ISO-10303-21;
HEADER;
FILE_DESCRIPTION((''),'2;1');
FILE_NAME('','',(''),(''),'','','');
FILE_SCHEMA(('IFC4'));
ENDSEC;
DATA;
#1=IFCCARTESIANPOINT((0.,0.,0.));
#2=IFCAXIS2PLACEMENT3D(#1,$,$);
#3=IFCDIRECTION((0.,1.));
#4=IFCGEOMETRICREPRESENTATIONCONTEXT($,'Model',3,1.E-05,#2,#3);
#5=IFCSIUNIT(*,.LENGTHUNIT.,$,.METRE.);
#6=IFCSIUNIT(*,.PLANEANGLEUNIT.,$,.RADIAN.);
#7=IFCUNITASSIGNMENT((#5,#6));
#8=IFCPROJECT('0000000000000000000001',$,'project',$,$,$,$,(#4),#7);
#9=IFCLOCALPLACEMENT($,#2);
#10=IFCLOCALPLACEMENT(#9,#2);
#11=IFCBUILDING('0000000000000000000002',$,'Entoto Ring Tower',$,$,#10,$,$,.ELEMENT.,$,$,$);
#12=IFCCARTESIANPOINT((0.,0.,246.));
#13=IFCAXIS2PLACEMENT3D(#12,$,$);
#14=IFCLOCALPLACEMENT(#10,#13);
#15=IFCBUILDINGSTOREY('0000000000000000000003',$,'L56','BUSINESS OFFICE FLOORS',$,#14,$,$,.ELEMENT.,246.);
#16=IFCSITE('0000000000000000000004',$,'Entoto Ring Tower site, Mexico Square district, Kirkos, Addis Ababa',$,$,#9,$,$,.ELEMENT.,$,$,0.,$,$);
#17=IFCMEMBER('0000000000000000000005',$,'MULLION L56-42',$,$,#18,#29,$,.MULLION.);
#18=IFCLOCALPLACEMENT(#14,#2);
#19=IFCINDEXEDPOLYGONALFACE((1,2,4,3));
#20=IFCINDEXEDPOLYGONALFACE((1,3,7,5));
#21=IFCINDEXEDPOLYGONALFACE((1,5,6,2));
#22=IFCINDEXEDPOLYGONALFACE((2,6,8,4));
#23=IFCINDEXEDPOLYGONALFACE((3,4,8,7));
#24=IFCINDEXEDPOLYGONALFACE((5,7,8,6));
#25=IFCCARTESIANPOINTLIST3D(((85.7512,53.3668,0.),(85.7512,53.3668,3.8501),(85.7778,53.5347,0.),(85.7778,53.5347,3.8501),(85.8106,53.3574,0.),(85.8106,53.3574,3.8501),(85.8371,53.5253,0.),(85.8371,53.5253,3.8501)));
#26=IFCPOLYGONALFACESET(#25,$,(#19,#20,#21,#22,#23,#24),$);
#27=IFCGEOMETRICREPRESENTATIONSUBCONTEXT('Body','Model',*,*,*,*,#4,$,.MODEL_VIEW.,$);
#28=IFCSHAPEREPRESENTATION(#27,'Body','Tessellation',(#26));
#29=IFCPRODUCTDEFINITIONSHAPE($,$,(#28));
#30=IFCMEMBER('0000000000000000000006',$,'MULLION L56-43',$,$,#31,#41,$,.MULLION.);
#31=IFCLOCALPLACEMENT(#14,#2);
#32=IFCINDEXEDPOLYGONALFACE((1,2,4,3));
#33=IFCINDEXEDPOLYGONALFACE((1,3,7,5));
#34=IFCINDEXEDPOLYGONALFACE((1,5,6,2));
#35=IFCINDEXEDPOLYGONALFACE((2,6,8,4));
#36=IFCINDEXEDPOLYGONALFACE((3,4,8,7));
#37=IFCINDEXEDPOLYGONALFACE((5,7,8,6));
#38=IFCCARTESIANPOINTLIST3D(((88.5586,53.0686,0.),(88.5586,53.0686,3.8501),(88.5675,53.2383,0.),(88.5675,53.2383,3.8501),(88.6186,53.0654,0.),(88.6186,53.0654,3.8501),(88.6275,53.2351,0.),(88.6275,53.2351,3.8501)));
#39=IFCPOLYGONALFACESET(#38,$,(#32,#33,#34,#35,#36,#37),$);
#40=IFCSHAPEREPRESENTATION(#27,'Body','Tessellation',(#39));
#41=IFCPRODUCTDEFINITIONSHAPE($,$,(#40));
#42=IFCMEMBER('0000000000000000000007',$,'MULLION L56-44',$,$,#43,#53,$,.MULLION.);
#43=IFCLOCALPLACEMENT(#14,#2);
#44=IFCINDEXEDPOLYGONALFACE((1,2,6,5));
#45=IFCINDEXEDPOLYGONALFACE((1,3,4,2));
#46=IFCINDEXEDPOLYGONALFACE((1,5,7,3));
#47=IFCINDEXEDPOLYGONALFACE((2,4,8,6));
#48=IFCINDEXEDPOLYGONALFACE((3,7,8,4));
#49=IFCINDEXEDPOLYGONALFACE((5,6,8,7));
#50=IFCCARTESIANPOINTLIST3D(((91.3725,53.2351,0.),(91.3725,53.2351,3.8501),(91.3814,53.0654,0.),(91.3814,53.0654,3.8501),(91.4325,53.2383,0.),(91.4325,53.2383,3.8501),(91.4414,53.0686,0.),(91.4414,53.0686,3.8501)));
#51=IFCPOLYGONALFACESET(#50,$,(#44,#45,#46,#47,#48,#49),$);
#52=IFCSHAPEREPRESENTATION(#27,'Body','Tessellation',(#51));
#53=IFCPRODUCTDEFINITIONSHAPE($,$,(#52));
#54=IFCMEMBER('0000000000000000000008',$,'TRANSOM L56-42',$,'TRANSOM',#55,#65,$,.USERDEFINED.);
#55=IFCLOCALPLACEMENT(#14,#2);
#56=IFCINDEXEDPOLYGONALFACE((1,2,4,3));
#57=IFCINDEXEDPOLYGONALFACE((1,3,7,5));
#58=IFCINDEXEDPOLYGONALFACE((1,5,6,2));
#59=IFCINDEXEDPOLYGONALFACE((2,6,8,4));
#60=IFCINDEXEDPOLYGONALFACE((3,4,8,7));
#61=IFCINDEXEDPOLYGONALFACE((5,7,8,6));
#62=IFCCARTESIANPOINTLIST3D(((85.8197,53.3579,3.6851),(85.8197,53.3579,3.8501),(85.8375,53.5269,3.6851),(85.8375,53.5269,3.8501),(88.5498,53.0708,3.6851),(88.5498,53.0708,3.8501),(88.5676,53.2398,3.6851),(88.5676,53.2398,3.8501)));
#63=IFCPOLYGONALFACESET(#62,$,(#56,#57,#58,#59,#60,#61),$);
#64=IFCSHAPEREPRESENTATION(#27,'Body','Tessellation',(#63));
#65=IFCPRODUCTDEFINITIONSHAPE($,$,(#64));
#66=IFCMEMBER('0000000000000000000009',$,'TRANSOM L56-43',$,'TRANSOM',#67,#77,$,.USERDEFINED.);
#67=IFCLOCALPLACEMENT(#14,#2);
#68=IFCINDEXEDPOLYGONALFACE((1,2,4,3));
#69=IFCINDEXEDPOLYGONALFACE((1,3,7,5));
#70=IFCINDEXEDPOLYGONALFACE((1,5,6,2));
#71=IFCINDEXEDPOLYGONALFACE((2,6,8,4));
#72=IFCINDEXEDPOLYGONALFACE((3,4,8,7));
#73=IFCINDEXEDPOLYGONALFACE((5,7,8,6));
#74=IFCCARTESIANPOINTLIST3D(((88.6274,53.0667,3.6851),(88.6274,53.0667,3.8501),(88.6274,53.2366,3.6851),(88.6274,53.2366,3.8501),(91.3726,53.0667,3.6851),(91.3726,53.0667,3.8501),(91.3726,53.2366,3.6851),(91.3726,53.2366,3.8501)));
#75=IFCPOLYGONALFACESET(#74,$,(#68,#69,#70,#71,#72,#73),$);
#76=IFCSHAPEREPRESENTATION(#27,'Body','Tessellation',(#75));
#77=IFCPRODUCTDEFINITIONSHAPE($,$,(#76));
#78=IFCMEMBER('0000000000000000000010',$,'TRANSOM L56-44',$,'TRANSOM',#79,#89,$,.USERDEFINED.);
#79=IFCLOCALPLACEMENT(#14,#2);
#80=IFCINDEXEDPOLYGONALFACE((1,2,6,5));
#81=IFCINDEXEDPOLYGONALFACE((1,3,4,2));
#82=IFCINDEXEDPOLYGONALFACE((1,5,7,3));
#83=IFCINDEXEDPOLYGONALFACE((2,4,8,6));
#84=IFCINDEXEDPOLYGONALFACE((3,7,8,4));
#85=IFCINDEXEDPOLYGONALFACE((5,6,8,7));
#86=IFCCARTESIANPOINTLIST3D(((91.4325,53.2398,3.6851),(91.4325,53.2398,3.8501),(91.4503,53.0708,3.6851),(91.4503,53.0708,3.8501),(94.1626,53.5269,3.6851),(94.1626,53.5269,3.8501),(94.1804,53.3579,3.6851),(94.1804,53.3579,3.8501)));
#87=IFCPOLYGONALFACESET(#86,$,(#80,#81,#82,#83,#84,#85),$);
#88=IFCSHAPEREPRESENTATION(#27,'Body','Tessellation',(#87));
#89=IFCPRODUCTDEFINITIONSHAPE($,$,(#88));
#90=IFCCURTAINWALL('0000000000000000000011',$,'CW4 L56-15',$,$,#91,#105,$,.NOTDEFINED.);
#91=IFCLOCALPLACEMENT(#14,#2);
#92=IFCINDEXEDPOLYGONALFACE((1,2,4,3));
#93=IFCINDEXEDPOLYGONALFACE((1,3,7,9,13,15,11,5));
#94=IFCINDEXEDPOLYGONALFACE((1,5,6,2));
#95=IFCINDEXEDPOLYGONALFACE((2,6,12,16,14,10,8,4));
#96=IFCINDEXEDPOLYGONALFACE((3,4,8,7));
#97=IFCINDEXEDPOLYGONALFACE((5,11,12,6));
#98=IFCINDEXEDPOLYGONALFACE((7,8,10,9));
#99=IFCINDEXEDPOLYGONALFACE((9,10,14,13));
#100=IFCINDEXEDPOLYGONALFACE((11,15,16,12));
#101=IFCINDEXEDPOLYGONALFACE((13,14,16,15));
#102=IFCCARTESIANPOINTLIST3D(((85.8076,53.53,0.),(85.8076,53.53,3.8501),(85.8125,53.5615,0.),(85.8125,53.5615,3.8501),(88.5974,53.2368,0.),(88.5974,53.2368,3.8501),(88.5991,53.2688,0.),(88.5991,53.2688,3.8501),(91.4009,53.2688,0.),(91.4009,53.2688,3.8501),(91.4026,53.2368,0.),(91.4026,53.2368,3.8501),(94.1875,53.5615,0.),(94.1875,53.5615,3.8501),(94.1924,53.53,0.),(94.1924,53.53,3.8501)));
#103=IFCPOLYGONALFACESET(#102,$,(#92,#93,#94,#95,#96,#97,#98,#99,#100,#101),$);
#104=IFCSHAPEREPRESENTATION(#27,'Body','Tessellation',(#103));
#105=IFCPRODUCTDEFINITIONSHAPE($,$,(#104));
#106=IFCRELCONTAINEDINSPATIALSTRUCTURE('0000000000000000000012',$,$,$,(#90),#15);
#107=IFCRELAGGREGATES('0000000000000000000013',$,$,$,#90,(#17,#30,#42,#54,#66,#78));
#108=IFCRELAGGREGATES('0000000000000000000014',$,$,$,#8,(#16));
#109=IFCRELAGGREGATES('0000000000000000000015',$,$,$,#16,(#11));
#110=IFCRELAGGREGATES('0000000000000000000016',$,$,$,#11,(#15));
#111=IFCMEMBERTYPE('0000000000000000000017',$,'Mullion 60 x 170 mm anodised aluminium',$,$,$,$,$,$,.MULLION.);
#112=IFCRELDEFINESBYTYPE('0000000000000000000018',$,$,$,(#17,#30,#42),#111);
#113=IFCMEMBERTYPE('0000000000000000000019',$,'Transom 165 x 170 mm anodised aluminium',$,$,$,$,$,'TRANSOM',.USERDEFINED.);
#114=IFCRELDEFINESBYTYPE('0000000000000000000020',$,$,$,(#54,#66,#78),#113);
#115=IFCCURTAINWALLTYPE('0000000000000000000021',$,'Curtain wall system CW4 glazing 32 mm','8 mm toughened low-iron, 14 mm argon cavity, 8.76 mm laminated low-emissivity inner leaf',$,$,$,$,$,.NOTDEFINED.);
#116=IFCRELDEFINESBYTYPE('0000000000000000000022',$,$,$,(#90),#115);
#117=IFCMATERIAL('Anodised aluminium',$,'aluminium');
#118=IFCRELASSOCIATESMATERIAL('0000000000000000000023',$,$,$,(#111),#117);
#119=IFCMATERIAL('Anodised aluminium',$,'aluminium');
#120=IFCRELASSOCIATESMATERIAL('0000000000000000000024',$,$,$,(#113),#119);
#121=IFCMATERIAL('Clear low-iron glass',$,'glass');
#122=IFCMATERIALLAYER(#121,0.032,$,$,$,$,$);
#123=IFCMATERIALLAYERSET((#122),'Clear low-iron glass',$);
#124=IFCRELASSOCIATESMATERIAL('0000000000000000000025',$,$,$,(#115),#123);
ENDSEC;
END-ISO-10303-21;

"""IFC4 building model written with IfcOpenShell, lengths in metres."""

from ifc_helpers import new_model, si_unit, direction, frame, origin, origin_2d, place, context, subcontext, project, spatial, polyline, rectangle, outline, extrude, material, layer, layer_set, material_profile, profile_set, type_object, element, aggregate, save


model = new_model("IFC4")

# Units and contexts
model_context = context("Model", 3, precision=1e-05, world=origin(), true_north=direction((0.0, 1.0)))
body_context = subcontext(model_context, "Body", "Model", "MODEL_VIEW")
ifc_project = project(units=[si_unit("LENGTHUNIT", "METRE"), si_unit("PLANEANGLEUNIT", "RADIAN")], contexts=[model_context])

# Members
ifc_material_1 = material(Name="Anodised aluminium", Category="aluminium")
ifc_material_profile_1 = material_profile(ifc_material_1, rectangle(XDim=0.0601, YDim=0.1699, at=origin_2d()), Name="Mullion 60 x 170 mm anodised aluminium")
ifc_profile_set_1 = profile_set([ifc_material_profile_1], Name="Anodised aluminium")
member_type_1 = type_object("IfcMemberType", Name="Mullion 60 x 170 mm anodised aluminium", PredefinedType="MULLION", material=ifc_profile_set_1)
site_placement = place(None, origin())
building_placement = place(site_placement, origin())
storey_placement = place(building_placement, frame((0.0, 0.0, 246.0)))
member_1_placement = place(storey_placement, frame((85.7942, 53.446, 0.0), z_axis=(0.0, 0.0, 1.0), x_axis=(0.987688, -0.156434, 0.0)))
member_1 = element("IfcMember", 1, at=member_1_placement, type_object=member_type_1, Name="MULLION L56-42", PredefinedType="MULLION", context=body_context, shape_type="SweptSolid", body=[
    extrude(rectangle(XDim=0.0601, YDim=0.1699, at=origin_2d()), origin(), (0.0, 0.0, 1.0), 3.8501),
])
member_2_placement = place(storey_placement, frame((88.593, 53.1519, 0.0), z_axis=(0.0, 0.0, 1.0), x_axis=(0.99863, -0.052336, 0.0)))
member_2 = element("IfcMember", 2, at=member_2_placement, type_object=member_type_1, Name="MULLION L56-43", PredefinedType="MULLION", context=body_context, shape_type="SweptSolid", body=[
    extrude(rectangle(XDim=0.0601, YDim=0.1699, at=origin_2d()), origin(), (0.0, 0.0, 1.0), 3.8501),
])
member_3_placement = place(storey_placement, frame((91.407, 53.1519, 0.0), z_axis=(0.0, 0.0, 1.0), x_axis=(0.99863, 0.052336, 0.0)))
member_3 = element("IfcMember", 3, at=member_3_placement, type_object=member_type_1, Name="MULLION L56-44", PredefinedType="MULLION", context=body_context, shape_type="SweptSolid", body=[
    extrude(rectangle(XDim=0.0601, YDim=0.1699, at=origin_2d()), origin(), (0.0, 0.0, 1.0), 3.8501),
])
ifc_material_2 = material(Name="Anodised aluminium", Category="aluminium")
ifc_material_profile_2 = material_profile(ifc_material_2, rectangle(XDim=0.1699, YDim=0.165, at=origin_2d()), Name="Transom 165 x 170 mm anodised aluminium")
ifc_profile_set_2 = profile_set([ifc_material_profile_2], Name="Anodised aluminium")
member_type_2 = type_object("IfcMemberType", Name="Transom 165 x 170 mm anodised aluminium", ElementType="TRANSOM", PredefinedType="USERDEFINED", material=ifc_profile_set_2)
member_4_placement = place(storey_placement, frame((85.8286, 53.4424, 3.7676), z_axis=(0.994515, -0.104592, 0.0), x_axis=(0.104592, 0.994515, 0.0)))
member_4 = element("IfcMember", 4, at=member_4_placement, type_object=member_type_2, Name="TRANSOM L56-42", ObjectType="TRANSOM", PredefinedType="USERDEFINED", context=body_context, shape_type="SweptSolid", body=[
    extrude(rectangle(XDim=0.1699, YDim=0.165, at=origin_2d()), origin(), (0.0, 0.0, 1.0), 2.7451),
])
member_5_placement = place(storey_placement, frame((88.6274, 53.1516, 3.7676), z_axis=(1.0, 0.0, 0.0), x_axis=(0.0, 1.0, 0.0)))
member_5 = element("IfcMember", 5, at=member_5_placement, type_object=member_type_2, Name="TRANSOM L56-43", ObjectType="TRANSOM", PredefinedType="USERDEFINED", context=body_context, shape_type="SweptSolid", body=[
    extrude(rectangle(XDim=0.1699, YDim=0.165, at=origin_2d()), origin(), (0.0, 0.0, 1.0), 2.7451),
])
member_6_placement = place(storey_placement, frame((91.4414, 53.1553, 3.7676), z_axis=(0.994515, 0.104592, 0.0), x_axis=(-0.104592, 0.994515, 0.0)))
member_6 = element("IfcMember", 6, at=member_6_placement, type_object=member_type_2, Name="TRANSOM L56-44", ObjectType="TRANSOM", PredefinedType="USERDEFINED", context=body_context, shape_type="SweptSolid", body=[
    extrude(rectangle(XDim=0.1699, YDim=0.165, at=origin_2d()), origin(), (0.0, 0.0, 1.0), 2.7451),
])

# Site, building, storey
site = spatial("IfcSite", under=ifc_project, at=site_placement, Name="Entoto Ring Tower site, Mexico Square district, Kirkos, Addis Ababa", CompositionType="ELEMENT", RefElevation=0.0)
building = spatial("IfcBuilding", under=site, at=building_placement, Name="Entoto Ring Tower", CompositionType="ELEMENT")
storey = spatial("IfcBuildingStorey", under=building, at=storey_placement, Name="L56", Description="BUSINESS OFFICE FLOORS", CompositionType="ELEMENT", Elevation=246.0)

# Curtain wall
ifc_material_3 = material(Name="Clear low-iron glass", Category="glass")
ifc_layer = layer(ifc_material_3, 0.032)
ifc_layer_set = layer_set([ifc_layer], Name="Clear low-iron glass")
curtain_wall_type = type_object("IfcCurtainWallType", Name="Curtain wall system CW4 glazing 32 mm", Description="8 mm toughened low-iron, 14 mm argon cavity, 8.76 mm laminated low-emissivity inner leaf", PredefinedType="NOTDEFINED", material=ifc_layer_set)
curtain_wall_1_placement = place(storey_placement, origin())
curtain_wall_1 = element("IfcCurtainWall", 7, at=curtain_wall_1_placement, inside=storey, type_object=curtain_wall_type, Name="CW4 L56-15", PredefinedType="NOTDEFINED", context=body_context, shape_type="SweptSolid", body=[
    extrude(outline(polyline([(85.8076, 53.53), (88.5974, 53.2368), (91.4026, 53.2368), (94.1924, 53.53), (94.1875, 53.5615), (91.4009, 53.2688), (88.5991, 53.2688), (85.8125, 53.5615), (85.8076, 53.53)])), origin(), (0.0, 0.0, 1.0), 3.8501),
])
aggregate(curtain_wall_1, [member_1, member_2, member_3, member_4, member_5, member_6])

save(model, "model.ifc")
